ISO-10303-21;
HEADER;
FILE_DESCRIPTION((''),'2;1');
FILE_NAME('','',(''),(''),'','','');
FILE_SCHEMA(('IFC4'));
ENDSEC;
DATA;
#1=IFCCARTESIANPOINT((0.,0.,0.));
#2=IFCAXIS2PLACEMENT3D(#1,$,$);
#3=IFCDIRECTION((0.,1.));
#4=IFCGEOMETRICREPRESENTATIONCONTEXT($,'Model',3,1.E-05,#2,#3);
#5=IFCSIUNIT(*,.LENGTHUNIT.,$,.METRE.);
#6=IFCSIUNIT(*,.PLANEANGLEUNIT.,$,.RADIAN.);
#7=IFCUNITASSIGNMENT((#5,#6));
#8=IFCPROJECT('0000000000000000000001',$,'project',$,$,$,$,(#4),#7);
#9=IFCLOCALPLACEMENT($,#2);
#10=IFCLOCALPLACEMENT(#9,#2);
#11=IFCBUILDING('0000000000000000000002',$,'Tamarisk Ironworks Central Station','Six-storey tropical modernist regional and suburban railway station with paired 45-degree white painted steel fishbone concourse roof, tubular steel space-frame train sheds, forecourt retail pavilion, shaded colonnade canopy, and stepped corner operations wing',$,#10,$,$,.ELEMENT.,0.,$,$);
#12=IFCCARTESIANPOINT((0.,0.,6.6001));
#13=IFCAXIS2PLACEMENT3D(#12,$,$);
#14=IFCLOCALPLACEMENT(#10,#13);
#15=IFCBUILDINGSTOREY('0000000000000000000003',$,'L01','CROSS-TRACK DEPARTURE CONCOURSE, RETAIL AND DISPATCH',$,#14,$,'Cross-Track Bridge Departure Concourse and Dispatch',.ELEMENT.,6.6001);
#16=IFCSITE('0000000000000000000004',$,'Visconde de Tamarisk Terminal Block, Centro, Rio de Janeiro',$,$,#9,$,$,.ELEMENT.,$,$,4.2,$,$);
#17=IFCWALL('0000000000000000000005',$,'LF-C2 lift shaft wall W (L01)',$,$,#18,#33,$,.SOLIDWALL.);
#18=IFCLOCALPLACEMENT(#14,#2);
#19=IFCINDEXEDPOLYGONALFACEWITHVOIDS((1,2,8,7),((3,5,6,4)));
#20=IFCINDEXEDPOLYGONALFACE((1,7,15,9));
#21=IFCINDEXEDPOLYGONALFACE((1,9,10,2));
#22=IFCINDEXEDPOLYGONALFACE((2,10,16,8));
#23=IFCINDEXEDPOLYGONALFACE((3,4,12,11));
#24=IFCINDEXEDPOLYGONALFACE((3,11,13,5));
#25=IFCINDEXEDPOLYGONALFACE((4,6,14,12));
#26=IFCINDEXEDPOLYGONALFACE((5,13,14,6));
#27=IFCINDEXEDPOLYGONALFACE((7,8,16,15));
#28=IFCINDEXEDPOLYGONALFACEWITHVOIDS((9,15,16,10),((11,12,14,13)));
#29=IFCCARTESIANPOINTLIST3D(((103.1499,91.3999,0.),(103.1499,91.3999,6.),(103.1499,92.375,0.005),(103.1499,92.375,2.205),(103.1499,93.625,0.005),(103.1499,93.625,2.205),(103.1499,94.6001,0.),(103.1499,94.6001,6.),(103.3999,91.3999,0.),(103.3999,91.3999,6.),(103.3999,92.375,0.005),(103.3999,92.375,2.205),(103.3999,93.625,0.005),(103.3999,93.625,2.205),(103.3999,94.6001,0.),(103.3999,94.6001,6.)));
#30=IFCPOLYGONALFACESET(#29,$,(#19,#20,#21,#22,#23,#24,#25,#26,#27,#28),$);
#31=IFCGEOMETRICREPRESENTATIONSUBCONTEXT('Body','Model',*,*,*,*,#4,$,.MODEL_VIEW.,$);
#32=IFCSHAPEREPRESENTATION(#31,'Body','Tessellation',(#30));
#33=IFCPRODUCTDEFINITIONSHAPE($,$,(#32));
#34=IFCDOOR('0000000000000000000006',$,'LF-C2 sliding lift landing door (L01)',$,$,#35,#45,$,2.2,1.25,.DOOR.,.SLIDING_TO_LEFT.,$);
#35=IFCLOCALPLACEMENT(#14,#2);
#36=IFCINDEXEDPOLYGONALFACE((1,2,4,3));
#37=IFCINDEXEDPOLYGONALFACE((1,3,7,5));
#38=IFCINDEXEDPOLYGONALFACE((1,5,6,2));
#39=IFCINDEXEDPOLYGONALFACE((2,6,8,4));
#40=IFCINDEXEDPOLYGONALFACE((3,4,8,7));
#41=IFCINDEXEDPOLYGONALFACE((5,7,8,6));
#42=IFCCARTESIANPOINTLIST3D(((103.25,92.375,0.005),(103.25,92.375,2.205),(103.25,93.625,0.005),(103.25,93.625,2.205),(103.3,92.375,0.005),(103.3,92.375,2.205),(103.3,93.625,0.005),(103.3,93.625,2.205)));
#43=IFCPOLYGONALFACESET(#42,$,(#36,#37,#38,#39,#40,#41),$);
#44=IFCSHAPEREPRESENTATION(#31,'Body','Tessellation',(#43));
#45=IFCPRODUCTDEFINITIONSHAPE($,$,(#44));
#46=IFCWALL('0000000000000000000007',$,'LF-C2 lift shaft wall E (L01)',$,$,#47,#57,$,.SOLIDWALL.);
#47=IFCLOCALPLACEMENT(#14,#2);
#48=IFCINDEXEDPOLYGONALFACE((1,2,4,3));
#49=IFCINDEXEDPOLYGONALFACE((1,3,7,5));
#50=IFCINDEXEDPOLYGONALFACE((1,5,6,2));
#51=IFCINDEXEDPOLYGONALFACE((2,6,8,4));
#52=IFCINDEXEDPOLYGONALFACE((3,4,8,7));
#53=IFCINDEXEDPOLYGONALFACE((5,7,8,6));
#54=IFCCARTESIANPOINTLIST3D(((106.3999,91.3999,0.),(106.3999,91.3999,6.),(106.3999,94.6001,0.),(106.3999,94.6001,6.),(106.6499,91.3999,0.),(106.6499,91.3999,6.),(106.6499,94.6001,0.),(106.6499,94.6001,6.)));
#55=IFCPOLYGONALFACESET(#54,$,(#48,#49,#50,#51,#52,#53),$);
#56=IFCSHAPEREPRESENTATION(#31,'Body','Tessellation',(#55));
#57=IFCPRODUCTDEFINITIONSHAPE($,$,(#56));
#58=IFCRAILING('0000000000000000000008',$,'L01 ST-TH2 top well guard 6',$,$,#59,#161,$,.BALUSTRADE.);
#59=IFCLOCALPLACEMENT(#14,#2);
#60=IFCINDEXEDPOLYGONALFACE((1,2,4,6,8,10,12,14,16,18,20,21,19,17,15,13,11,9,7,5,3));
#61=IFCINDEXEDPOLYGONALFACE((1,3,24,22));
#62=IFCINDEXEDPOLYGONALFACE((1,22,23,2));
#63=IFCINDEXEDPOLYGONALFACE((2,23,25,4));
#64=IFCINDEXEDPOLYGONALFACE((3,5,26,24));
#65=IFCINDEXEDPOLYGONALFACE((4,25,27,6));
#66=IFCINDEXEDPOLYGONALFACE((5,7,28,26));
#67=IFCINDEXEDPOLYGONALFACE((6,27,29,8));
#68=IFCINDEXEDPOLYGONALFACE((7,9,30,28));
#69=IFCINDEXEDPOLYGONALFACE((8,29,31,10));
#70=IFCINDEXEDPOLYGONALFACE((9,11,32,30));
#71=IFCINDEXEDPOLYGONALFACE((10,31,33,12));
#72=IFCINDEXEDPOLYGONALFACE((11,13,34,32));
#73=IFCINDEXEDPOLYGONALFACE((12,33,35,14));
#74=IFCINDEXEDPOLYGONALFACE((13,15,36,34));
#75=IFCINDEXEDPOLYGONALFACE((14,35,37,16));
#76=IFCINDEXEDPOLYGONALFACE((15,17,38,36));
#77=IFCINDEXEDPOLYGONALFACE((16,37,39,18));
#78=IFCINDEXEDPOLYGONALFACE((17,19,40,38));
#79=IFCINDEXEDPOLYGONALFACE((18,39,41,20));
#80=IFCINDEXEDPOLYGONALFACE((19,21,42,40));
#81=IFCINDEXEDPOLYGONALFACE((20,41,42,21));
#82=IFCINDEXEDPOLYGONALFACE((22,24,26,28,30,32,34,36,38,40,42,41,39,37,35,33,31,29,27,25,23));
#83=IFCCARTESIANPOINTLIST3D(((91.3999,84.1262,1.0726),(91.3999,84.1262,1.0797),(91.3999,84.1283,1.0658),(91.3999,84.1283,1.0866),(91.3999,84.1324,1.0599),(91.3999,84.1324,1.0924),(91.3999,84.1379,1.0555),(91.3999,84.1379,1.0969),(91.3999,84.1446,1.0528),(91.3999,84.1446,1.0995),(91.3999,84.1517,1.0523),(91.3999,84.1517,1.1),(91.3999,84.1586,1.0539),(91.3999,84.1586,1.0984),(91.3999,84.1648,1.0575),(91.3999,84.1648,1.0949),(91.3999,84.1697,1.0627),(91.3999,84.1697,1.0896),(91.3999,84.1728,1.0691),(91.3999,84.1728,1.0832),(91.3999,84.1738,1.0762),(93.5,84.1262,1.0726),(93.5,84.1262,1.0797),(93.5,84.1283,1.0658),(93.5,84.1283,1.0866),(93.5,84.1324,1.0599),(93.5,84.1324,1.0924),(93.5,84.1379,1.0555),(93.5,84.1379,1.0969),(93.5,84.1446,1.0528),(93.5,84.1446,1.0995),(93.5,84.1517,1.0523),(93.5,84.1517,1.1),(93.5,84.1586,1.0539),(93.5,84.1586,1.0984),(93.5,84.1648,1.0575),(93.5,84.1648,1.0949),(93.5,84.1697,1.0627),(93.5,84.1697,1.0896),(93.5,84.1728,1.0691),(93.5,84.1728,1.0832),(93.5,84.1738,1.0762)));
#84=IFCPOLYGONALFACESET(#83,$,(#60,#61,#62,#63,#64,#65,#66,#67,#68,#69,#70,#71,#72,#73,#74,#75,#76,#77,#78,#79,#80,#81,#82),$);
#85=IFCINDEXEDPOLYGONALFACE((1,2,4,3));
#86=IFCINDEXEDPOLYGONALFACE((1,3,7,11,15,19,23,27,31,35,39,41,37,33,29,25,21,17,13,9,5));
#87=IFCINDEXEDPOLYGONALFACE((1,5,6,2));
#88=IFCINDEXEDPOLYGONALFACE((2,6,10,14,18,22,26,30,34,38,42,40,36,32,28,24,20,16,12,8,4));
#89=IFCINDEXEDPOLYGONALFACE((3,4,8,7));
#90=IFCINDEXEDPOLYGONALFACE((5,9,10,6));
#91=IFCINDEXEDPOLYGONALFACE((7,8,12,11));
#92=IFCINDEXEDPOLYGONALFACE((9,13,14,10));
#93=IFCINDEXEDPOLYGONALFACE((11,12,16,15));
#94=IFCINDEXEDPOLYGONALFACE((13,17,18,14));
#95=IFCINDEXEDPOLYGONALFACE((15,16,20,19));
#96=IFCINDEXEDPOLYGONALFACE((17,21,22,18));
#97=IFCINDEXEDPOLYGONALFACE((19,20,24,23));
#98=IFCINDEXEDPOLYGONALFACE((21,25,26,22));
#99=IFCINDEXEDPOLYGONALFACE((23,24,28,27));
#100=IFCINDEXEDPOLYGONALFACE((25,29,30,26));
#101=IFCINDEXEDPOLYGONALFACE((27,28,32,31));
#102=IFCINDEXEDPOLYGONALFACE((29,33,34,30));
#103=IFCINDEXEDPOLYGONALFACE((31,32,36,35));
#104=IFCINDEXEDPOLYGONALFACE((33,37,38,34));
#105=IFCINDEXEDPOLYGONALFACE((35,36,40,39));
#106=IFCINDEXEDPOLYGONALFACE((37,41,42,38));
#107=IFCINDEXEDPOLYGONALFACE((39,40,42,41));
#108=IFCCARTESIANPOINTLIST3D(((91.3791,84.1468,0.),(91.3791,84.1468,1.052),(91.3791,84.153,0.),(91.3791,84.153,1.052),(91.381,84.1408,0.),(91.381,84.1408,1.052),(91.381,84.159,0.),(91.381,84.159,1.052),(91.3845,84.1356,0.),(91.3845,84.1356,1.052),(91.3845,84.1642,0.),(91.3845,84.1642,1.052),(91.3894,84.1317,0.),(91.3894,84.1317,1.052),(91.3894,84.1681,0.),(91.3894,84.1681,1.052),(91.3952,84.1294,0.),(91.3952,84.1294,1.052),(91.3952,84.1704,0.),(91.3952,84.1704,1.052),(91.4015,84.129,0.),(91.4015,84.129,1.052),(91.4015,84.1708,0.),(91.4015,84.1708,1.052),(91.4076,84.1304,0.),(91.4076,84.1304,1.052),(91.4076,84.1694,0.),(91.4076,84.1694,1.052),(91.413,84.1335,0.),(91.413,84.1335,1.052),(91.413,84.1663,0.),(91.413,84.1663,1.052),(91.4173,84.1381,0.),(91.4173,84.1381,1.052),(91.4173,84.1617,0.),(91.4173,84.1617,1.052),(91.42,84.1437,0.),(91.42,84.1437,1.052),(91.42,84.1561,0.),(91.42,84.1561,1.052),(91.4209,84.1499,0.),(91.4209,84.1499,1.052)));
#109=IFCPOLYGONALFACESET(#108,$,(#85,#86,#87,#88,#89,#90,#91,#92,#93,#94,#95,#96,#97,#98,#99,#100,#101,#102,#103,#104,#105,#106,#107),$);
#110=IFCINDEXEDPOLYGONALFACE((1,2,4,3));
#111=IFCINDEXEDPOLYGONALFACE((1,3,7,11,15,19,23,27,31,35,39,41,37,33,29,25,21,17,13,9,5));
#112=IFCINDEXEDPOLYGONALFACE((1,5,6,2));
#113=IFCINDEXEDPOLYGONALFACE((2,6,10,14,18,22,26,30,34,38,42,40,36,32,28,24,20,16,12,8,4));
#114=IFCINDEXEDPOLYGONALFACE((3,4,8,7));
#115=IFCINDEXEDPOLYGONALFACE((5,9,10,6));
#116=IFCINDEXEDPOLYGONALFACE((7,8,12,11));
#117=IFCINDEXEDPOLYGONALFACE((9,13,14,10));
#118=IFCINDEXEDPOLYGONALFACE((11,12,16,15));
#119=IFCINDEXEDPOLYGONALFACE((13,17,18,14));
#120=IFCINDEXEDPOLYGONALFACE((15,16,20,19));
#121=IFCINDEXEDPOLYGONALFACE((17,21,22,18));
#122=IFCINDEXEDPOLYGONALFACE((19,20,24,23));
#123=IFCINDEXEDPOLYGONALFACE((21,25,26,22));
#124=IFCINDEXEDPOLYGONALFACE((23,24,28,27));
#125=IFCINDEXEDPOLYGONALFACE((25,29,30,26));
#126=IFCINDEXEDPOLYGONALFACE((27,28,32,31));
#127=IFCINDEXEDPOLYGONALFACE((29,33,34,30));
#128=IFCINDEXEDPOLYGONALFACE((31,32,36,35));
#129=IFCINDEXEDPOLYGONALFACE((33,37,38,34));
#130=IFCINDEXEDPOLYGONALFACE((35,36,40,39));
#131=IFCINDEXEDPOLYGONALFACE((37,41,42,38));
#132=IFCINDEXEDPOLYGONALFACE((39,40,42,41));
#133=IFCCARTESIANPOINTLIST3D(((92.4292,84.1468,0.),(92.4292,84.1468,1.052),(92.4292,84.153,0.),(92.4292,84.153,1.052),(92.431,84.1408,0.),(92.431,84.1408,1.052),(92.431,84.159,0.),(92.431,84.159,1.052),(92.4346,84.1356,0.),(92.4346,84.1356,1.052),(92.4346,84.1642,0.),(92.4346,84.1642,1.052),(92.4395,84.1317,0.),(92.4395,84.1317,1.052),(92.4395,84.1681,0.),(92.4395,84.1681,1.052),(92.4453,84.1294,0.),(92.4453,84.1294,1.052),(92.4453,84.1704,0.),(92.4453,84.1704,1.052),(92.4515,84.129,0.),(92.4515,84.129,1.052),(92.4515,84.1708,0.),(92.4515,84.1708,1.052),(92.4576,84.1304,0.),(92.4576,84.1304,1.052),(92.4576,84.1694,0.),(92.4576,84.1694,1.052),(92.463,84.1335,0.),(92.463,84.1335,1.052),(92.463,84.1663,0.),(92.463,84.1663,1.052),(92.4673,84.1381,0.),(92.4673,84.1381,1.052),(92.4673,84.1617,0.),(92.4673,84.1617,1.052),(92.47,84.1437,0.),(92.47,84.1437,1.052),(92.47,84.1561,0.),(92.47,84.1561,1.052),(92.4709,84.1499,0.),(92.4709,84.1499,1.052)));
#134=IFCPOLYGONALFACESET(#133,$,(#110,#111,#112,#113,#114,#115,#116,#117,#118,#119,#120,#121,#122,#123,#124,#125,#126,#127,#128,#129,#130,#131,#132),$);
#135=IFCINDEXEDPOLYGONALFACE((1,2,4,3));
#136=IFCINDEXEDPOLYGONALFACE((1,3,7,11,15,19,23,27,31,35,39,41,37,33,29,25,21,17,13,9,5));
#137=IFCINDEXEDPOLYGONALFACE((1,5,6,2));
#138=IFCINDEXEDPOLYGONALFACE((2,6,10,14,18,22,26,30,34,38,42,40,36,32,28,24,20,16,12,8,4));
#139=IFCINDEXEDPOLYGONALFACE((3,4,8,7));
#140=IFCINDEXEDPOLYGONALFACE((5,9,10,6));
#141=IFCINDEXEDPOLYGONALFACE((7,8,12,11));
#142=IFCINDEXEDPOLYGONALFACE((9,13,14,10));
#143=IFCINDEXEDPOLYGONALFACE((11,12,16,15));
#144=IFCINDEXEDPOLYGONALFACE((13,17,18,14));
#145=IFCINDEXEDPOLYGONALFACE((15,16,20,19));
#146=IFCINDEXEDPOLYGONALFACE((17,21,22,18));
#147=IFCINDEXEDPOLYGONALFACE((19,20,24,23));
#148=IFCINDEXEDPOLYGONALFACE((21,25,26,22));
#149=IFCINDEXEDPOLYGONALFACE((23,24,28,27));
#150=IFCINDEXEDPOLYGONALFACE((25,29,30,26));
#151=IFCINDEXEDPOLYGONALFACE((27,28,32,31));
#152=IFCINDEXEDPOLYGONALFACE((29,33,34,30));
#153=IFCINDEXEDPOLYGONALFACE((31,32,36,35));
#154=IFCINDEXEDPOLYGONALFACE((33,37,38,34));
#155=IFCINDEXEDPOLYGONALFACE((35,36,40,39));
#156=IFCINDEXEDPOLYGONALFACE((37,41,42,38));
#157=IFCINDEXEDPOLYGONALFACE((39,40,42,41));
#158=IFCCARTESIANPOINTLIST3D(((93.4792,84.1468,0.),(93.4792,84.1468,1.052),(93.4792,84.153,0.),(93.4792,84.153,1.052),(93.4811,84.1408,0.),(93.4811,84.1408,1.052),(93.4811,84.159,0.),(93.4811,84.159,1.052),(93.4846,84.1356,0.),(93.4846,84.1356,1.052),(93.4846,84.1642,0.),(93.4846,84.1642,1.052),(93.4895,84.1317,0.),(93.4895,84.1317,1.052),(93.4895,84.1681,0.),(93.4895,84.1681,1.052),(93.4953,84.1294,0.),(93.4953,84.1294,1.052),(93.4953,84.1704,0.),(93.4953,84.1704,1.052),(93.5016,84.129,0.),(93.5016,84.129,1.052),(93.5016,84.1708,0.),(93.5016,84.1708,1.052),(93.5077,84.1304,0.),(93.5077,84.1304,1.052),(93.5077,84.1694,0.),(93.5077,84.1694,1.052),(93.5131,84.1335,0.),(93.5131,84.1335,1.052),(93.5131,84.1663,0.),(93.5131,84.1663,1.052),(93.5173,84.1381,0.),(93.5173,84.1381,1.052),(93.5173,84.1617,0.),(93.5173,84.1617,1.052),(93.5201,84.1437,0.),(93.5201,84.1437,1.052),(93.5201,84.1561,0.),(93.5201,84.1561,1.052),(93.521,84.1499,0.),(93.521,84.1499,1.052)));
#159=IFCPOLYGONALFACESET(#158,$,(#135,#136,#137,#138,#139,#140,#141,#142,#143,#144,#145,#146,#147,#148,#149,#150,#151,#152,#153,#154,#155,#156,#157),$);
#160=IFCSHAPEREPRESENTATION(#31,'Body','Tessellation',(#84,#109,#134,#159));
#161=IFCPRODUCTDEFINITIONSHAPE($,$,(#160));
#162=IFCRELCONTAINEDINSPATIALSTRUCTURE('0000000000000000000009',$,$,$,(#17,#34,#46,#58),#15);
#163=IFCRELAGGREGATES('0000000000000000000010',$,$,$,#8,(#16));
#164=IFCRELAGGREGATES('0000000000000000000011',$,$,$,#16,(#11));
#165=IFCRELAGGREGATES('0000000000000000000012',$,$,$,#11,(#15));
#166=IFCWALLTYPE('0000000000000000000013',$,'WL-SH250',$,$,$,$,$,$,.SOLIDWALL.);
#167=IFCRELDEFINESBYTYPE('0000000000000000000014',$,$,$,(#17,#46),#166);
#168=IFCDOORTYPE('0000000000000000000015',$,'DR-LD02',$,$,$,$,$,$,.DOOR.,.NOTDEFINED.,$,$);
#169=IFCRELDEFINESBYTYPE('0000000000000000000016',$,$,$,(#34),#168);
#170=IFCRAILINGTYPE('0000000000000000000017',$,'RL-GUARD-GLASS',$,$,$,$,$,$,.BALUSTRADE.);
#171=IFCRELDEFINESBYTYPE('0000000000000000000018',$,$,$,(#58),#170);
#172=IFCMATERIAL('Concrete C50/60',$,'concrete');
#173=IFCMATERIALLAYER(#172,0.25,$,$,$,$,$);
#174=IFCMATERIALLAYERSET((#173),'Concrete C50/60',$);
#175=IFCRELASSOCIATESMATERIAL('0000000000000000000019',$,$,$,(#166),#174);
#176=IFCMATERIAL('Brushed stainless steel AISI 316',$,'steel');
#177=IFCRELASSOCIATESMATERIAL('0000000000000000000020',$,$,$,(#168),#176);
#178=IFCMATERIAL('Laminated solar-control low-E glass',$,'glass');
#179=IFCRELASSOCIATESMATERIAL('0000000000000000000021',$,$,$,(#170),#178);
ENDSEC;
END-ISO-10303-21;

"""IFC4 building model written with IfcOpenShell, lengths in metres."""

from ifc_helpers import new_model, si_unit, direction, frame, frame_2d, origin, origin_2d, place, context, subcontext, project, spatial, rectangle, circle, extrude, material, layer, layer_set, type_object, element, fill, save


model = new_model("IFC4")

# Units and contexts
model_context = context("Model", 3, precision=1e-05, world=origin(), true_north=direction((0.0, 1.0)))
body_context = subcontext(model_context, "Body", "Model", "MODEL_VIEW")
ifc_project = project(units=[si_unit("LENGTHUNIT", "METRE"), si_unit("PLANEANGLEUNIT", "RADIAN")], contexts=[model_context])

# Site, building, storey
site_placement = place(None, origin())
site = spatial("IfcSite", under=ifc_project, at=site_placement, Name="Visconde de Tamarisk Terminal Block, Centro, Rio de Janeiro", CompositionType="ELEMENT", RefElevation=4.2)
building_placement = place(site_placement, origin())
building = spatial("IfcBuilding", under=site, at=building_placement, Name="Tamarisk Ironworks Central Station", Description="Six-storey tropical modernist regional and suburban railway station with paired 45-degree white painted steel fishbone concourse roof, tubular steel space-frame train sheds, forecourt retail pavilion, shaded colonnade canopy, and stepped corner operations wing", CompositionType="ELEMENT", ElevationOfRefHeight=0.0)
storey_placement = place(building_placement, frame((0.0, 0.0, 6.6001)))
storey = spatial("IfcBuildingStorey", under=building, at=storey_placement, Name="L01", Description="CROSS-TRACK DEPARTURE CONCOURSE, RETAIL AND DISPATCH", LongName="Cross-Track Bridge Departure Concourse and Dispatch", CompositionType="ELEMENT", Elevation=6.6001)

# Shared definitions
ifc_material_1 = material(Name="Laminated solar-control low-E glass", Category="glass")

# Shared definitions
ifc_material_2 = material(Name="Concrete C50/60", Category="concrete")
ifc_layer_1 = layer(ifc_material_2, 0.25)
ifc_layer_set_1 = layer_set([ifc_layer_1], Name="Concrete C50/60")
wall_type = type_object("IfcWallType", Name="WL-SH250", PredefinedType="SOLIDWALL", material=ifc_layer_set_1)

# Wall, opening, door
wall_1_placement = place(storey_placement, frame((103.2749, 91.3999, 0.0), z_axis=(0.0, 0.0, 1.0), x_axis=(0.0, 1.0, 0.0)))
wall_1 = element("IfcWall", 1, at=wall_1_placement, inside=storey, type_object=wall_type, Name="LF-C2 lift shaft wall W (L01)", PredefinedType="SOLIDWALL", context=body_context, shape_type="SweptSolid", body=[
    extrude(rectangle(XDim=3.2002, YDim=0.25, at=frame_2d((1.6001, 0.0))), origin(), (0.0, 0.0, 1.0), 6.0),
])
opening_placement = place(wall_1_placement, frame((0.9751, 0.0, 0.0049)))
opening = element("IfcOpeningElement", 2, at=opening_placement, cuts=wall_1, PredefinedType="OPENING", context=body_context, shape_type="SweptSolid", body=[
    extrude(rectangle(XDim=1.25, YDim=2.2, at=frame_2d((0.625, 1.1001))), frame((0.0, 0.137, 0.0), z_axis=(0.0, -1.0, 0.0), x_axis=(1.0, 0.0, 0.0)), (0.0, 0.0, 1.0), 0.2739),
])
ifc_material_3 = material(Name="Brushed stainless steel AISI 316", Category="steel")
door_type = type_object("IfcDoorType", Name="DR-LD02", OperationType="NOTDEFINED", PredefinedType="DOOR", material=ifc_material_3)
door_placement = place(opening_placement, origin())
door = element("IfcDoor", 3, at=door_placement, inside=storey, type_object=door_type, Name="LF-C2 sliding lift landing door (L01)", OperationType="SLIDING_TO_LEFT", OverallHeight=2.2, OverallWidth=1.25, PredefinedType="DOOR", context=body_context, shape_type="SweptSolid", body=[
    extrude(rectangle(XDim=1.25, YDim=2.2, at=frame_2d((0.625, 1.1001))), frame((0.0, 0.0249, 0.0), z_axis=(0.0, -1.0, 0.0), x_axis=(1.0, 0.0, 0.0)), (0.0, 0.0, 1.0), 0.05),
])
fill(opening, door)

# Wall
wall_2_placement = place(storey_placement, frame((106.5249, 91.3999, 0.0), z_axis=(0.0, 0.0, 1.0), x_axis=(0.0, 1.0, 0.0)))
element("IfcWall", 4, at=wall_2_placement, inside=storey, type_object=wall_type, Name="LF-C2 lift shaft wall E (L01)", PredefinedType="SOLIDWALL", context=body_context, shape_type="SweptSolid", body=[
    extrude(rectangle(XDim=3.2002, YDim=0.25, at=frame_2d((1.6001, 0.0))), origin(), (0.0, 0.0, 1.0), 6.0),
])

# Railing
railing_type = type_object("IfcRailingType", Name="RL-GUARD-GLASS", PredefinedType="BALUSTRADE", material=ifc_material_1)
railing_1_placement = place(storey_placement, frame((91.3999, 84.1499, 0.0)))
element("IfcRailing", 5, at=railing_1_placement, inside=storey, type_object=railing_type, Name="L01 ST-TH2 top well guard 6", PredefinedType="BALUSTRADE", context=body_context, shape_type="SweptSolid", body=[
    extrude(circle(Radius=0.0239, at=origin_2d()), frame((0.0, 0.0, 1.0762), z_axis=(1.0, 0.0, 0.0), x_axis=(0.0, 1.0, 0.0)), (0.0, 0.0, 1.0), 2.1001),
    extrude(circle(Radius=0.021, at=origin_2d()), origin(), (0.0, 0.0, 1.0), 1.052),
    extrude(circle(Radius=0.021, at=origin_2d()), frame((1.05, 0.0, 0.0)), (0.0, 0.0, 1.0), 1.052),
    extrude(circle(Radius=0.021, at=origin_2d()), frame((2.1001, 0.0, 0.0)), (0.0, 0.0, 1.0), 1.052),
])

save(model, "model.ifc")
